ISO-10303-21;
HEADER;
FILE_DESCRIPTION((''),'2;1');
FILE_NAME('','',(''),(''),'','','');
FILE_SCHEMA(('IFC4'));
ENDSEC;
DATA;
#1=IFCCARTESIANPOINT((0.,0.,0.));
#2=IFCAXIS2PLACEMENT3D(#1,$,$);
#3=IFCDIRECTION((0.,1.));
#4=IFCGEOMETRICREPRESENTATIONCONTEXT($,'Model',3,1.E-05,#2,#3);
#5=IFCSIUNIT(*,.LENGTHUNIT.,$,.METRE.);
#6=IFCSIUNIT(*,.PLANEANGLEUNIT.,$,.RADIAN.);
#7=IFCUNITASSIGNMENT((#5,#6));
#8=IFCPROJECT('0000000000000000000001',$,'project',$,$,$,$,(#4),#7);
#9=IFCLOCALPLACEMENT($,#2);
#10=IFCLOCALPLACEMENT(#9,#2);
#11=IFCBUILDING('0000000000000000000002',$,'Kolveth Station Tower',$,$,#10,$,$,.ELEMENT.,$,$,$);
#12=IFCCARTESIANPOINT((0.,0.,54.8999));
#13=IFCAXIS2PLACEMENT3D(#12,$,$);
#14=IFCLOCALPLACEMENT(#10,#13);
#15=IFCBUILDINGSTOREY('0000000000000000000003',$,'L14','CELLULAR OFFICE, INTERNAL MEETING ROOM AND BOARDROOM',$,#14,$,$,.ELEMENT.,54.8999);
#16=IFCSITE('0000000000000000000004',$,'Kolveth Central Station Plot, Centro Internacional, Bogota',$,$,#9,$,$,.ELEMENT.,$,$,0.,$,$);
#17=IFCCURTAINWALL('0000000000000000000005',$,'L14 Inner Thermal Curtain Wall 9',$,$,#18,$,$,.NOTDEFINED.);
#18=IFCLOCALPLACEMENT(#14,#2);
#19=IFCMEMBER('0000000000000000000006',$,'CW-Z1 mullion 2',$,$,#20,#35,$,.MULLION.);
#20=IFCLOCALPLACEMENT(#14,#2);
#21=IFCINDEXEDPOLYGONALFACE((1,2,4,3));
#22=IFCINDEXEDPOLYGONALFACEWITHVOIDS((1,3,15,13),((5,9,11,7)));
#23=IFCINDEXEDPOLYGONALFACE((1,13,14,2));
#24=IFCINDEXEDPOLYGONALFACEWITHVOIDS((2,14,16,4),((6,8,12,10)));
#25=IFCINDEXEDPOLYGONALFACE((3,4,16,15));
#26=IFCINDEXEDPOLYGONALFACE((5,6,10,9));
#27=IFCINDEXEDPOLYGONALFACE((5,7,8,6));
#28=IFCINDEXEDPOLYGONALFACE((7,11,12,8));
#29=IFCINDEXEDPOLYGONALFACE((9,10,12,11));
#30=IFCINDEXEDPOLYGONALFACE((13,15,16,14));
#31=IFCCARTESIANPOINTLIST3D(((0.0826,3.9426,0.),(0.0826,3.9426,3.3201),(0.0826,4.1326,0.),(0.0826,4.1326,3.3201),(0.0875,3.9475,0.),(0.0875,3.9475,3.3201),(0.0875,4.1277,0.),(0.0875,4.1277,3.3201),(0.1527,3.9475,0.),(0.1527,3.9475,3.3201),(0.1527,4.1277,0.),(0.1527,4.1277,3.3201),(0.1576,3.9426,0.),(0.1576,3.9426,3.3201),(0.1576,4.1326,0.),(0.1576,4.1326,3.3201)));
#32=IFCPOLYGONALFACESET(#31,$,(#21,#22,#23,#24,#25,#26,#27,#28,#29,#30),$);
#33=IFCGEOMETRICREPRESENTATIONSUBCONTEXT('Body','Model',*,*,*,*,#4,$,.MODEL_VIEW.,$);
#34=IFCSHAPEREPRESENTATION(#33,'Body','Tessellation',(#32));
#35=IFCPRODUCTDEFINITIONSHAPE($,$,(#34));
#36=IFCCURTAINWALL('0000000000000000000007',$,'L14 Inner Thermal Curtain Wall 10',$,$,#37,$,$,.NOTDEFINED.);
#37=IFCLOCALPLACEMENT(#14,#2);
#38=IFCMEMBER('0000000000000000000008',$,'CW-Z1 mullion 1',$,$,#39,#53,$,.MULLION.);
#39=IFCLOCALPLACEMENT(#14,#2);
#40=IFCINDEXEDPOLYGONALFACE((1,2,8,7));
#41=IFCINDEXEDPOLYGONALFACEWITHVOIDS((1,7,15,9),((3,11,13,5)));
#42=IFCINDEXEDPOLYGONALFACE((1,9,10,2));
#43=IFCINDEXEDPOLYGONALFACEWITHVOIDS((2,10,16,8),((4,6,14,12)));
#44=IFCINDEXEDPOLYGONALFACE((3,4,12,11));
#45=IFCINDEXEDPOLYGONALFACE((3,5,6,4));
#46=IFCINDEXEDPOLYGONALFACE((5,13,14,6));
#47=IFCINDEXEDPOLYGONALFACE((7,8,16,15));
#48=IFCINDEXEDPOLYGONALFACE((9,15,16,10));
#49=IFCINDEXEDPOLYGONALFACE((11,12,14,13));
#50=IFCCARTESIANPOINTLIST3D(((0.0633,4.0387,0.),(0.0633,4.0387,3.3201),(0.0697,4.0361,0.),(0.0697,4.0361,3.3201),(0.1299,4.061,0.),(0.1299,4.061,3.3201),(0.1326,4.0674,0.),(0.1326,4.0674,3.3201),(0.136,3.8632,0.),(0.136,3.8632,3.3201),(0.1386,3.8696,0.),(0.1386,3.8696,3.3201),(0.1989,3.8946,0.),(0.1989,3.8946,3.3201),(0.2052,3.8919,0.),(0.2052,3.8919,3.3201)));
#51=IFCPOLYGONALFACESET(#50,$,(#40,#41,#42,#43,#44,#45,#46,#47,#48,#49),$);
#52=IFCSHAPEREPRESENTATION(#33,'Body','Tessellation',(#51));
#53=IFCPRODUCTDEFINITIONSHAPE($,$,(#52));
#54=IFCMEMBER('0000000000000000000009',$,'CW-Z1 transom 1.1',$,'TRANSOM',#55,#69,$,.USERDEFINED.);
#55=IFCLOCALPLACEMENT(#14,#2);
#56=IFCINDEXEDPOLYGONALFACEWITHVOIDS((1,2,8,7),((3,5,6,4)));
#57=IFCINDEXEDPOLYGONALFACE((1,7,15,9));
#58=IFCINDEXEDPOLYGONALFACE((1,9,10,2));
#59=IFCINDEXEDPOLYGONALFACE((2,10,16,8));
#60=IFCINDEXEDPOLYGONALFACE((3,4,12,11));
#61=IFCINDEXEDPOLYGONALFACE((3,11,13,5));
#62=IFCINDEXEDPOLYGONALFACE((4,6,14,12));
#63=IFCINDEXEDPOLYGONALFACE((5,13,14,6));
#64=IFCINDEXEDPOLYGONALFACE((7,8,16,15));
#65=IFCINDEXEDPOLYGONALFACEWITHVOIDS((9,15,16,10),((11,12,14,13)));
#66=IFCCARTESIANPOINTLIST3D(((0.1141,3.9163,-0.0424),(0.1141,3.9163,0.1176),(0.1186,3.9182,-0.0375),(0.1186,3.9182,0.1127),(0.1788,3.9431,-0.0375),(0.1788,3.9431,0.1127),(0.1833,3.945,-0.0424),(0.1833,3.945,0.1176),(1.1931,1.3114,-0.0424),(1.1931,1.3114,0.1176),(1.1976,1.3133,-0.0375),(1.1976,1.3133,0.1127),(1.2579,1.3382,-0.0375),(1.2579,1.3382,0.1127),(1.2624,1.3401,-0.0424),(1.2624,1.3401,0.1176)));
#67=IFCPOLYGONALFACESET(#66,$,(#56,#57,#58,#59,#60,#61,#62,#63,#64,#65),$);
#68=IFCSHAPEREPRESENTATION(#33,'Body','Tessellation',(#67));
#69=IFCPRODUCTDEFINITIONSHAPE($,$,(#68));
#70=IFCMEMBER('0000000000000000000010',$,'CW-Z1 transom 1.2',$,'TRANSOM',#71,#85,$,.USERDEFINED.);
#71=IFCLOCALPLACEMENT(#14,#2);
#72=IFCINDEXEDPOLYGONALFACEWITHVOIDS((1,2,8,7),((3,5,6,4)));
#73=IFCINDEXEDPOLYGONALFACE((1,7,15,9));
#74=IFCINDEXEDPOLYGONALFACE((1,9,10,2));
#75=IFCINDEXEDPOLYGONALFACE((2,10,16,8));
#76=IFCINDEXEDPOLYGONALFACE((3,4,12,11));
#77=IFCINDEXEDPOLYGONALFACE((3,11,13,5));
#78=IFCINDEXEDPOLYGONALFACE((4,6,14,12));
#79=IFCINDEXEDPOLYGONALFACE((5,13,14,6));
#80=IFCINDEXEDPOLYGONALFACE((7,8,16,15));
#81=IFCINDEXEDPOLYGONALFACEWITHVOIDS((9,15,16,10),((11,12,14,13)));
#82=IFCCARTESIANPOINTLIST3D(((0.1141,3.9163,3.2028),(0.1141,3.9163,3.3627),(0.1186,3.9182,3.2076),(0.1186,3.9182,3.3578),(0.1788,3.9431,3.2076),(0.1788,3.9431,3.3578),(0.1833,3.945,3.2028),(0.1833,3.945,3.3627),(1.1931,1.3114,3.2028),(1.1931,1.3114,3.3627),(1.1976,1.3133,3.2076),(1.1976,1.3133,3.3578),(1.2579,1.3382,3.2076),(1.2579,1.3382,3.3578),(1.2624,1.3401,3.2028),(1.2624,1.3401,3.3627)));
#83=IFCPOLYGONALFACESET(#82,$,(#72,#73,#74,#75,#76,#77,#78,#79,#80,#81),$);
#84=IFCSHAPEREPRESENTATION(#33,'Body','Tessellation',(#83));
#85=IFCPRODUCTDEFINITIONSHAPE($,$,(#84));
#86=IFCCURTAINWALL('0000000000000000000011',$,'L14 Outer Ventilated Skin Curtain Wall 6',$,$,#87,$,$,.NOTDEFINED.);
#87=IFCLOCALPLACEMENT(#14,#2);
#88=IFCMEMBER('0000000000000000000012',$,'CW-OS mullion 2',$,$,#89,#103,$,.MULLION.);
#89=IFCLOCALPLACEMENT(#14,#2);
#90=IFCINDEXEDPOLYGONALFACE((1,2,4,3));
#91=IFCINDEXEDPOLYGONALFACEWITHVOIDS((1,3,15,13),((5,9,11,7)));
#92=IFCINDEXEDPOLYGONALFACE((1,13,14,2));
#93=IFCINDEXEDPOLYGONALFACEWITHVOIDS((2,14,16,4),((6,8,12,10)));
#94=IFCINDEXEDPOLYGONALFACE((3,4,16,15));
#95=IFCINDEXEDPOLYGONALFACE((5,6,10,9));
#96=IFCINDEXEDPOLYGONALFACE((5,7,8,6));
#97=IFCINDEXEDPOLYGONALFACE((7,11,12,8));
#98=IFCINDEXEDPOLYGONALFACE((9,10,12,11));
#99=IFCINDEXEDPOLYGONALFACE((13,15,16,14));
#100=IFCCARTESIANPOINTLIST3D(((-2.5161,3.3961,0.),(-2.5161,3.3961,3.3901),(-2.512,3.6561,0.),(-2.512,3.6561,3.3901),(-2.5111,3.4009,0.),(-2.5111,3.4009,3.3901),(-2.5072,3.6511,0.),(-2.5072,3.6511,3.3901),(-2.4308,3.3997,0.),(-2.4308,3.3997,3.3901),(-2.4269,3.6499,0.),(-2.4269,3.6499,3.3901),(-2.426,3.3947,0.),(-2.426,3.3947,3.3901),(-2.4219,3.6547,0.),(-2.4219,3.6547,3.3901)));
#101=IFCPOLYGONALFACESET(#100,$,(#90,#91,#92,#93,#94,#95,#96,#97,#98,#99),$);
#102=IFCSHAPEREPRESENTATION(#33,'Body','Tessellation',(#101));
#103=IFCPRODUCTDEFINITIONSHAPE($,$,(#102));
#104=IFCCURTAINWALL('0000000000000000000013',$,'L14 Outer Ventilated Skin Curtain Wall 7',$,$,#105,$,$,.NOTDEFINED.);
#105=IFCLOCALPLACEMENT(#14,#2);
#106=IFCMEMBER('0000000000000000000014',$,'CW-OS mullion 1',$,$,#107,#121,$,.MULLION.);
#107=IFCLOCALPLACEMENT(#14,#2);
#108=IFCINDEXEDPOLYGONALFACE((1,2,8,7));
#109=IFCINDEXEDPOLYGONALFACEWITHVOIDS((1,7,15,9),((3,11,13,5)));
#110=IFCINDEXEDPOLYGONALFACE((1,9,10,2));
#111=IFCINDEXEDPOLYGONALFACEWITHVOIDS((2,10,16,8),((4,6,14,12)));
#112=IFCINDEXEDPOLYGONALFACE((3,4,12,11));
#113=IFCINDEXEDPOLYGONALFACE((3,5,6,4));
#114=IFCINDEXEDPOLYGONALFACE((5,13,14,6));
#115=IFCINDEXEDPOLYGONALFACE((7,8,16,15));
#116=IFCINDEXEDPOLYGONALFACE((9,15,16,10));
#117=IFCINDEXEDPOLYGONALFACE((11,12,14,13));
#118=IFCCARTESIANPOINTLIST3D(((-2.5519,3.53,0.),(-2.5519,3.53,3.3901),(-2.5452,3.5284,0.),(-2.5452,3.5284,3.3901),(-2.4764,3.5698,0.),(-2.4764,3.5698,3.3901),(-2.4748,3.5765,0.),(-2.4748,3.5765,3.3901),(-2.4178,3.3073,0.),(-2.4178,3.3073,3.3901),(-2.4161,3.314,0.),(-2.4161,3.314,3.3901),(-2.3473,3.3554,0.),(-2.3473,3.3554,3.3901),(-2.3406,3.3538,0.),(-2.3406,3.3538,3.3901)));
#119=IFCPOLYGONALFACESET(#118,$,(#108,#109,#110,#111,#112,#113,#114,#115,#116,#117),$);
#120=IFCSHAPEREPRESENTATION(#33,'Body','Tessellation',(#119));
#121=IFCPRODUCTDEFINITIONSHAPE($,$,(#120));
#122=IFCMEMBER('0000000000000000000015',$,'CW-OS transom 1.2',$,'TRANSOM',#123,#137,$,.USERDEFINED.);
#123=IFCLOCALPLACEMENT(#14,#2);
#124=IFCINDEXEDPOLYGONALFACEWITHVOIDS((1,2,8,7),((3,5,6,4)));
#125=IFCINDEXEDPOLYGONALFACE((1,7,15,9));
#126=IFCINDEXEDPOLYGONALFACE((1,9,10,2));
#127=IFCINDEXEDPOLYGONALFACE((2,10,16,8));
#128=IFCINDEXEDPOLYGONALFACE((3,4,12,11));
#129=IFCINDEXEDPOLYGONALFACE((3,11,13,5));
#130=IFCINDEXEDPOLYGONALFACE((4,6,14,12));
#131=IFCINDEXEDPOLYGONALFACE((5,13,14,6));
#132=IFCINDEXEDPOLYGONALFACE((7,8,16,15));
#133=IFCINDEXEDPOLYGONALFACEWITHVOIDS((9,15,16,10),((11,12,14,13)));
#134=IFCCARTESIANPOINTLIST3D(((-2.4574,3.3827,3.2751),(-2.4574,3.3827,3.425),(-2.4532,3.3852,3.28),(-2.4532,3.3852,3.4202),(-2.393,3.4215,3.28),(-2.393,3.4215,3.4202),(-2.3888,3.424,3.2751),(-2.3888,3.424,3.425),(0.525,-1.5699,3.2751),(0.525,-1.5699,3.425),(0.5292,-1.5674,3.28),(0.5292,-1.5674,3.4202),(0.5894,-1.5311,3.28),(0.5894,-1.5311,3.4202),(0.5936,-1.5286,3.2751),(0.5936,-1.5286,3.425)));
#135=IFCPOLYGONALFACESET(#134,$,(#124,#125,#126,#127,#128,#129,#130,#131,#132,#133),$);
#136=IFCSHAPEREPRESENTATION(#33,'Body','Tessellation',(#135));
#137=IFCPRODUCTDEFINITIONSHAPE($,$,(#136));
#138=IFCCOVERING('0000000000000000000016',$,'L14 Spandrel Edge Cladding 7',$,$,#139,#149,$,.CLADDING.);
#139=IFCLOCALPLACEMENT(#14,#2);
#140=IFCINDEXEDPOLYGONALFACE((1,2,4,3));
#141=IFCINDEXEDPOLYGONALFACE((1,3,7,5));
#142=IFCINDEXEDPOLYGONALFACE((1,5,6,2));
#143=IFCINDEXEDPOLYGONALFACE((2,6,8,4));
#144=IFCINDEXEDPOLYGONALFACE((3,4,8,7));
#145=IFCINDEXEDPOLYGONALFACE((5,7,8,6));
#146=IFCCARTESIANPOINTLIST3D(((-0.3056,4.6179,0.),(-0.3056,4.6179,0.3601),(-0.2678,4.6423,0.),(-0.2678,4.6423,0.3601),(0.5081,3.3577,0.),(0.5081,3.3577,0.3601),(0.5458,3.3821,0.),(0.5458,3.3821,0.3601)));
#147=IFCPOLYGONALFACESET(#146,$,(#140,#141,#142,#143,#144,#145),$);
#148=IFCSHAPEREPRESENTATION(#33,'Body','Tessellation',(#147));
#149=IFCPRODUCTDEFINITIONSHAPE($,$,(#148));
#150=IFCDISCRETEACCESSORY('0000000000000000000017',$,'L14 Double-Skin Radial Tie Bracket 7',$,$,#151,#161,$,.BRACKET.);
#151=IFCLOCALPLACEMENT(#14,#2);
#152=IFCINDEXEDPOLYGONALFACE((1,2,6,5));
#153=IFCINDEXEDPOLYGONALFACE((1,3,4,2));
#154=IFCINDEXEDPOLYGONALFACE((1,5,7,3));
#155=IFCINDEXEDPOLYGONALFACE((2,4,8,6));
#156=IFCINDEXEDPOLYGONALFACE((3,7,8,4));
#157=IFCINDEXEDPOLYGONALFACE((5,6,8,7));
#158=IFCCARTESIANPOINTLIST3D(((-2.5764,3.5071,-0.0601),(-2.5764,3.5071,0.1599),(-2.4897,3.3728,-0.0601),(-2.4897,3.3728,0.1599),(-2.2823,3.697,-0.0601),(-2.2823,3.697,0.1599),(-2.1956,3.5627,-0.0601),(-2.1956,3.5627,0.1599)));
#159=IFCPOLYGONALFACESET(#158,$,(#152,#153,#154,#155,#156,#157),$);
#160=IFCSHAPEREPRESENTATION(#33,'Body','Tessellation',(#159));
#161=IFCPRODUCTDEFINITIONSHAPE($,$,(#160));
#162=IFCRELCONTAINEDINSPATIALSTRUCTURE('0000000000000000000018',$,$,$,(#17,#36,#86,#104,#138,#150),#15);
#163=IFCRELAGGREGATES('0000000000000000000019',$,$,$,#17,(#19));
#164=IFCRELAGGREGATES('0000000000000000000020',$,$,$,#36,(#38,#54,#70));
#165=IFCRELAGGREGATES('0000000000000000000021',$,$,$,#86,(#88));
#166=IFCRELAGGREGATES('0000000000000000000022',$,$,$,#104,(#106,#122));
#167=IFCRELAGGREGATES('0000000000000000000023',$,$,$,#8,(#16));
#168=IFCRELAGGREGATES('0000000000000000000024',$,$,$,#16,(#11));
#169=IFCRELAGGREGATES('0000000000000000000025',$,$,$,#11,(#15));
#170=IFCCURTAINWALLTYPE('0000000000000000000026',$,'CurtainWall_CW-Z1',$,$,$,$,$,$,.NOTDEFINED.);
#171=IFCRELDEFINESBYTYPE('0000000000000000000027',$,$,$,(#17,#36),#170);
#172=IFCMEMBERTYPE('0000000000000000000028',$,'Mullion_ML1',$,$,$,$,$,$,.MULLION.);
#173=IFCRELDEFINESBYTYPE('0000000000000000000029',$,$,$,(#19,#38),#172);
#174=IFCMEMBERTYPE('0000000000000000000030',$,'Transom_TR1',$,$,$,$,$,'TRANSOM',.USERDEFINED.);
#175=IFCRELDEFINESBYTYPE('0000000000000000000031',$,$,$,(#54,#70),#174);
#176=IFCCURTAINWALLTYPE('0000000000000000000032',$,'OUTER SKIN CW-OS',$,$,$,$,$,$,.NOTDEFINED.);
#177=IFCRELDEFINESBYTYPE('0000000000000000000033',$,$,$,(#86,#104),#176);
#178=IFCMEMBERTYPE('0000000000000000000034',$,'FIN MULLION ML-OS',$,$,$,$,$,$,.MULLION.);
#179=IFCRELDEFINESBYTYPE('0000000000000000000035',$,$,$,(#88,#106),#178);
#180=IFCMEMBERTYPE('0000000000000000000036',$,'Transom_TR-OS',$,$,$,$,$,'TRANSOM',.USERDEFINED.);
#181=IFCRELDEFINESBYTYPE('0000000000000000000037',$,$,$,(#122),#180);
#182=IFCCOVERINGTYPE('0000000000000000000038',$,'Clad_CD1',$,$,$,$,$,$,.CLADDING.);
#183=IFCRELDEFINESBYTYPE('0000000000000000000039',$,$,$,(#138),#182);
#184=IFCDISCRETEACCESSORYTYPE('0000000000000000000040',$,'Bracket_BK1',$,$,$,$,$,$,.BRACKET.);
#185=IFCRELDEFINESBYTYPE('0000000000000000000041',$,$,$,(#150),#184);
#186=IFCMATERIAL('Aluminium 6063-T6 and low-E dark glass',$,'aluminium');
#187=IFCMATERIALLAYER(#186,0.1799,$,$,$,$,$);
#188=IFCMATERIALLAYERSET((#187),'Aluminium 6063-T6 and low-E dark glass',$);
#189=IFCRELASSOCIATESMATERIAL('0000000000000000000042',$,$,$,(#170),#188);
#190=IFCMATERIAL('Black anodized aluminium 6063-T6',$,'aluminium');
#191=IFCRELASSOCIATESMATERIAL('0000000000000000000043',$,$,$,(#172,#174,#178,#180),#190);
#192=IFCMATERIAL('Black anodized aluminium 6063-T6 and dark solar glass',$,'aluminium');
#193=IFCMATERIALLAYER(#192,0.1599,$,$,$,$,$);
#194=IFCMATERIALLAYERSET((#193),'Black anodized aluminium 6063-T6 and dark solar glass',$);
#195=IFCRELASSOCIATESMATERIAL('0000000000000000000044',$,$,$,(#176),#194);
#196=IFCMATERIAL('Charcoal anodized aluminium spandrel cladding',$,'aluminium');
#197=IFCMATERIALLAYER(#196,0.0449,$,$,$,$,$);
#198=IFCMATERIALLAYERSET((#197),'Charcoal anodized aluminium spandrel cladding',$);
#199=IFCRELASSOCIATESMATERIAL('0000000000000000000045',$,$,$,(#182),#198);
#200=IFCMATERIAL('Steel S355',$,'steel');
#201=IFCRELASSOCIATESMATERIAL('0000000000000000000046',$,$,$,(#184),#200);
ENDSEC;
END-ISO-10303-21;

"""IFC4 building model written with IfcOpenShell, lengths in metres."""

from ifc_helpers import new_model, si_unit, direction, frame, origin, origin_2d, place, context, subcontext, project, spatial, rectangle, hollow_rectangle, extrude, source, transform, mapped, material, layer, layer_set, material_profile, profile_set, type_object, element, aggregate, save


model = new_model("IFC4")

# Units and contexts
model_context = context("Model", 3, precision=1e-05, world=origin(), true_north=direction((0.0, 1.0)))
body_context = subcontext(model_context, "Body", "Model", "MODEL_VIEW")
ifc_project = project(units=[si_unit("LENGTHUNIT", "METRE"), si_unit("PLANEANGLEUNIT", "RADIAN")], contexts=[model_context])

# Site, building, storey
site_placement = place(None, origin())
site = spatial("IfcSite", under=ifc_project, at=site_placement, Name="Kolveth Central Station Plot, Centro Internacional, Bogota", CompositionType="ELEMENT", RefElevation=0.0)
building_placement = place(site_placement, origin())
building = spatial("IfcBuilding", under=site, at=building_placement, Name="Kolveth Station Tower", CompositionType="ELEMENT")
storey_placement = place(building_placement, frame((0.0, 0.0, 54.8999)))
storey = spatial("IfcBuildingStorey", under=building, at=storey_placement, Name="L14", Description="CELLULAR OFFICE, INTERNAL MEETING ROOM AND BOARDROOM", CompositionType="ELEMENT", Elevation=54.8999)

# Shared definitions
ifc_material_1 = material(Name="Steel S355", Category="steel")

# Curtain wall, member
ifc_material_2 = material(Name="Aluminium 6063-T6 and low-E dark glass", Category="aluminium")
ifc_layer_1 = layer(ifc_material_2, 0.1799)
ifc_layer_set_1 = layer_set([ifc_layer_1], Name="Aluminium 6063-T6 and low-E dark glass")
curtain_wall_type_1 = type_object("IfcCurtainWallType", Name="CurtainWall_CW-Z1", PredefinedType="NOTDEFINED", material=ifc_layer_set_1)
curtain_wall_1_placement = place(storey_placement, origin())
curtain_wall_1 = element("IfcCurtainWall", 1, at=curtain_wall_1_placement, inside=storey, type_object=curtain_wall_type_1, Name="L14 Inner Thermal Curtain Wall 9", PredefinedType="NOTDEFINED")
ifc_material_3 = material(Name="Black anodized aluminium 6063-T6", Category="aluminium")
ifc_material_profile_1 = material_profile(ifc_material_3, hollow_rectangle(XDim=0.075, YDim=0.1899, WallThickness=0.0049, at=origin_2d()), Name="ALU-75x190x5")
ifc_profile_set_1 = profile_set([ifc_material_profile_1], Name="Black anodized aluminium 6063-T6")
member_type_1 = type_object("IfcMemberType", Name="Mullion_ML1", PredefinedType="MULLION", material=ifc_profile_set_1)
shared_shape_1 = source(origin(), body_context, "Body", "SweptSolid", [
    extrude(hollow_rectangle(XDim=0.075, YDim=0.1899, WallThickness=0.0049, at=origin_2d()), origin(), (0.0, 0.0, 1.0), 3.3201),
])
member_1_placement = place(storey_placement, frame((0.1201, 4.0376, 0.0), z_axis=(0.0, 0.0, 1.0), x_axis=(1.0, 0.0, 0.0)))
member_1 = element("IfcMember", 2, at=member_1_placement, type_object=member_type_1, Name="CW-Z1 mullion 2", PredefinedType="MULLION", context=body_context, shape_type="MappedRepresentation", body=[
    mapped(shared_shape_1, transform((0.0, 0.0, 0.0), x_axis=(1.0, 0.0, 0.0), y_axis=(0.0, 1.0, 0.0), z_axis=(0.0, 0.0, 1.0), scale=1.0)),
])
aggregate(curtain_wall_1, [member_1])

# Curtain wall, members
curtain_wall_2_placement = place(storey_placement, origin())
curtain_wall_2 = element("IfcCurtainWall", 3, at=curtain_wall_2_placement, inside=storey, type_object=curtain_wall_type_1, Name="L14 Inner Thermal Curtain Wall 10", PredefinedType="NOTDEFINED")
member_2_placement = place(storey_placement, frame((0.1343, 3.9653, 0.0), z_axis=(0.0, 0.0, 1.0), x_axis=(0.923884, 0.382673, 0.0)))
member_2 = element("IfcMember", 4, at=member_2_placement, type_object=member_type_1, Name="CW-Z1 mullion 1", PredefinedType="MULLION", context=body_context, shape_type="MappedRepresentation", body=[
    mapped(shared_shape_1, transform((0.0, 0.0, 0.0), x_axis=(1.0, 0.0, 0.0), y_axis=(0.0, 1.0, 0.0), z_axis=(0.0, 0.0, 1.0), scale=1.0)),
])
ifc_material_profile_2 = material_profile(ifc_material_3, hollow_rectangle(XDim=0.075, YDim=0.1599, WallThickness=0.0049, at=origin_2d()), Name="ALU-75x160x5")
ifc_profile_set_2 = profile_set([ifc_material_profile_2], Name="Black anodized aluminium 6063-T6")
member_type_2 = type_object("IfcMemberType", Name="Transom_TR1", ElementType="TRANSOM", PredefinedType="USERDEFINED", material=ifc_profile_set_2)
shared_shape_2 = source(origin(), body_context, "Body", "SweptSolid", [
    extrude(hollow_rectangle(XDim=0.075, YDim=0.1599, WallThickness=0.0049, at=origin_2d()), origin(), (0.0, 0.0, 1.0), 2.8196),
])
member_3_placement = place(storey_placement, frame((0.1487, 3.9307, 0.0376), z_axis=(0.382709, -0.923869, 0.0), x_axis=(0.923869, 0.382709, 0.0)))
member_3 = element("IfcMember", 5, at=member_3_placement, type_object=member_type_2, Name="CW-Z1 transom 1.1", ObjectType="TRANSOM", PredefinedType="USERDEFINED", context=body_context, shape_type="MappedRepresentation", body=[
    mapped(shared_shape_2, transform((0.0, 0.0, 0.0), x_axis=(1.0, 0.0, 0.0), y_axis=(0.0, 1.0, 0.0), z_axis=(0.0, 0.0, 1.0), scale=1.0)),
])
member_4_placement = place(storey_placement, frame((0.1487, 3.9307, 3.2827), z_axis=(0.382709, -0.923869, 0.0), x_axis=(0.923869, 0.382709, 0.0)))
member_4 = element("IfcMember", 6, at=member_4_placement, type_object=member_type_2, Name="CW-Z1 transom 1.2", ObjectType="TRANSOM", PredefinedType="USERDEFINED", context=body_context, shape_type="MappedRepresentation", body=[
    mapped(shared_shape_2, transform((0.0, 0.0, 0.0), x_axis=(1.0, 0.0, 0.0), y_axis=(0.0, 1.0, 0.0), z_axis=(0.0, 0.0, 1.0), scale=1.0)),
])
aggregate(curtain_wall_2, [member_2, member_3, member_4])

# Curtain wall, member
ifc_material_4 = material(Name="Black anodized aluminium 6063-T6 and dark solar glass", Category="aluminium")
ifc_layer_2 = layer(ifc_material_4, 0.1599)
ifc_layer_set_2 = layer_set([ifc_layer_2], Name="Black anodized aluminium 6063-T6 and dark solar glass")
curtain_wall_type_2 = type_object("IfcCurtainWallType", Name="OUTER SKIN CW-OS", PredefinedType="NOTDEFINED", material=ifc_layer_set_2)
curtain_wall_3_placement = place(storey_placement, origin())
curtain_wall_3 = element("IfcCurtainWall", 7, at=curtain_wall_3_placement, inside=storey, type_object=curtain_wall_type_2, Name="L14 Outer Ventilated Skin Curtain Wall 6", PredefinedType="NOTDEFINED")
ifc_material_profile_3 = material_profile(ifc_material_3, hollow_rectangle(XDim=0.0901, YDim=0.26, WallThickness=0.0049, at=origin_2d()), Name="ALU-90x260x5")
ifc_profile_set_3 = profile_set([ifc_material_profile_3], Name="Black anodized aluminium 6063-T6")
member_type_3 = type_object("IfcMemberType", Name="FIN MULLION ML-OS", PredefinedType="MULLION", material=ifc_profile_set_3)
shared_shape_3 = source(origin(), body_context, "Body", "SweptSolid", [
    extrude(hollow_rectangle(XDim=0.0901, YDim=0.26, WallThickness=0.0049, at=origin_2d()), origin(), (0.0, 0.0, 1.0), 3.3901),
])
member_5_placement = place(storey_placement, frame((-2.469, 3.5254, 0.0), z_axis=(0.0, 0.0, 1.0), x_axis=(0.999878, -0.015641, 0.0)))
member_5 = element("IfcMember", 8, at=member_5_placement, type_object=member_type_3, Name="CW-OS mullion 2", PredefinedType="MULLION", context=body_context, shape_type="MappedRepresentation", body=[
    mapped(shared_shape_3, transform((0.0, 0.0, 0.0), x_axis=(1.0, 0.0, 0.0), y_axis=(0.0, 1.0, 0.0), z_axis=(0.0, 0.0, 1.0), scale=1.0)),
])
aggregate(curtain_wall_3, [member_5])

# Curtain wall, members
curtain_wall_4_placement = place(storey_placement, origin())
curtain_wall_4 = element("IfcCurtainWall", 9, at=curtain_wall_4_placement, inside=storey, type_object=curtain_wall_type_2, Name="L14 Outer Ventilated Skin Curtain Wall 7", PredefinedType="NOTDEFINED")
member_6_placement = place(storey_placement, frame((-2.4463, 3.4419, 0.0), z_axis=(0.0, 0.0, 1.0), x_axis=(0.85667, 0.515864, 0.0)))
member_6 = element("IfcMember", 10, at=member_6_placement, type_object=member_type_3, Name="CW-OS mullion 1", PredefinedType="MULLION", context=body_context, shape_type="MappedRepresentation", body=[
    mapped(shared_shape_3, transform((0.0, 0.0, 0.0), x_axis=(1.0, 0.0, 0.0), y_axis=(0.0, 1.0, 0.0), z_axis=(0.0, 0.0, 1.0), scale=1.0)),
])
ifc_material_profile_4 = material_profile(ifc_material_3, hollow_rectangle(XDim=0.0801, YDim=0.1499, WallThickness=0.0049, at=origin_2d()), Name="ALU-80x150x5")
ifc_profile_set_4 = profile_set([ifc_material_profile_4], Name="Black anodized aluminium 6063-T6")
member_type_4 = type_object("IfcMemberType", Name="Transom_TR-OS", ElementType="TRANSOM", PredefinedType="USERDEFINED", material=ifc_profile_set_4)
shared_shape_4 = source(origin(), body_context, "Body", "SweptSolid", [
    extrude(hollow_rectangle(XDim=0.0801, YDim=0.1499, WallThickness=0.0049, at=origin_2d()), origin(), (0.0, 0.0, 1.0), 5.7812),
])
member_7_placement = place(storey_placement, frame((-2.4231, 3.4033, 3.3501), z_axis=(0.515874, -0.856665, 0.0), x_axis=(0.856665, 0.515874, 0.0)))
member_7 = element("IfcMember", 11, at=member_7_placement, type_object=member_type_4, Name="CW-OS transom 1.2", ObjectType="TRANSOM", PredefinedType="USERDEFINED", context=body_context, shape_type="MappedRepresentation", body=[
    mapped(shared_shape_4, transform((0.0, 0.0, 0.0), x_axis=(1.0, 0.0, 0.0), y_axis=(0.0, 1.0, 0.0), z_axis=(0.0, 0.0, 1.0), scale=1.0)),
])
aggregate(curtain_wall_4, [member_6, member_7])

# Covering
ifc_material_5 = material(Name="Charcoal anodized aluminium spandrel cladding", Category="aluminium")
ifc_layer_3 = layer(ifc_material_5, 0.0449)
ifc_layer_set_3 = layer_set([ifc_layer_3], Name="Charcoal anodized aluminium spandrel cladding")
covering_type = type_object("IfcCoveringType", Name="Clad_CD1", PredefinedType="CLADDING", material=ifc_layer_set_3)
shared_shape_5 = source(origin(), body_context, "Body", "SweptSolid", [
    extrude(rectangle(XDim=1.5, YDim=0.0449, at=origin_2d()), origin(), (0.0, 0.0, 1.0), 0.3601),
])
covering_placement = place(storey_placement, frame((0.1201, 4.0, 0.0), z_axis=(0.0, 0.0, 1.0), x_axis=(0.542442, -0.840094, 0.0)))
element("IfcCovering", 12, at=covering_placement, inside=storey, type_object=covering_type, Name="L14 Spandrel Edge Cladding 7", PredefinedType="CLADDING", context=body_context, shape_type="MappedRepresentation", body=[
    mapped(shared_shape_5, transform((0.0, 0.0, 0.0), x_axis=(1.0, 0.0, 0.0), y_axis=(0.0, 1.0, 0.0), z_axis=(0.0, 0.0, 1.0), scale=1.0)),
])

# Discrete accessory
discrete_accessory_type = type_object("IfcDiscreteAccessoryType", Name="Bracket_BK1", PredefinedType="BRACKET", material=ifc_material_1)
shared_shape_6 = source(origin(), body_context, "Body", "SweptSolid", [
    extrude(rectangle(XDim=0.3501, YDim=0.1599, at=origin_2d()), origin(), (0.0, 0.0, 1.0), 0.22),
])
discrete_accessory_placement = place(storey_placement, frame((-2.386, 3.5349, -0.0601), z_axis=(0.0, 0.0, 1.0), x_axis=(-0.840094, -0.542442, 0.0)))
element("IfcDiscreteAccessory", 13, at=discrete_accessory_placement, inside=storey, type_object=discrete_accessory_type, Name="L14 Double-Skin Radial Tie Bracket 7", PredefinedType="BRACKET", context=body_context, shape_type="MappedRepresentation", body=[
    mapped(shared_shape_6, transform((0.0, 0.0, 0.0), x_axis=(1.0, 0.0, 0.0), y_axis=(0.0, 1.0, 0.0), z_axis=(0.0, 0.0, 1.0), scale=1.0)),
])

save(model, "model.ifc")
